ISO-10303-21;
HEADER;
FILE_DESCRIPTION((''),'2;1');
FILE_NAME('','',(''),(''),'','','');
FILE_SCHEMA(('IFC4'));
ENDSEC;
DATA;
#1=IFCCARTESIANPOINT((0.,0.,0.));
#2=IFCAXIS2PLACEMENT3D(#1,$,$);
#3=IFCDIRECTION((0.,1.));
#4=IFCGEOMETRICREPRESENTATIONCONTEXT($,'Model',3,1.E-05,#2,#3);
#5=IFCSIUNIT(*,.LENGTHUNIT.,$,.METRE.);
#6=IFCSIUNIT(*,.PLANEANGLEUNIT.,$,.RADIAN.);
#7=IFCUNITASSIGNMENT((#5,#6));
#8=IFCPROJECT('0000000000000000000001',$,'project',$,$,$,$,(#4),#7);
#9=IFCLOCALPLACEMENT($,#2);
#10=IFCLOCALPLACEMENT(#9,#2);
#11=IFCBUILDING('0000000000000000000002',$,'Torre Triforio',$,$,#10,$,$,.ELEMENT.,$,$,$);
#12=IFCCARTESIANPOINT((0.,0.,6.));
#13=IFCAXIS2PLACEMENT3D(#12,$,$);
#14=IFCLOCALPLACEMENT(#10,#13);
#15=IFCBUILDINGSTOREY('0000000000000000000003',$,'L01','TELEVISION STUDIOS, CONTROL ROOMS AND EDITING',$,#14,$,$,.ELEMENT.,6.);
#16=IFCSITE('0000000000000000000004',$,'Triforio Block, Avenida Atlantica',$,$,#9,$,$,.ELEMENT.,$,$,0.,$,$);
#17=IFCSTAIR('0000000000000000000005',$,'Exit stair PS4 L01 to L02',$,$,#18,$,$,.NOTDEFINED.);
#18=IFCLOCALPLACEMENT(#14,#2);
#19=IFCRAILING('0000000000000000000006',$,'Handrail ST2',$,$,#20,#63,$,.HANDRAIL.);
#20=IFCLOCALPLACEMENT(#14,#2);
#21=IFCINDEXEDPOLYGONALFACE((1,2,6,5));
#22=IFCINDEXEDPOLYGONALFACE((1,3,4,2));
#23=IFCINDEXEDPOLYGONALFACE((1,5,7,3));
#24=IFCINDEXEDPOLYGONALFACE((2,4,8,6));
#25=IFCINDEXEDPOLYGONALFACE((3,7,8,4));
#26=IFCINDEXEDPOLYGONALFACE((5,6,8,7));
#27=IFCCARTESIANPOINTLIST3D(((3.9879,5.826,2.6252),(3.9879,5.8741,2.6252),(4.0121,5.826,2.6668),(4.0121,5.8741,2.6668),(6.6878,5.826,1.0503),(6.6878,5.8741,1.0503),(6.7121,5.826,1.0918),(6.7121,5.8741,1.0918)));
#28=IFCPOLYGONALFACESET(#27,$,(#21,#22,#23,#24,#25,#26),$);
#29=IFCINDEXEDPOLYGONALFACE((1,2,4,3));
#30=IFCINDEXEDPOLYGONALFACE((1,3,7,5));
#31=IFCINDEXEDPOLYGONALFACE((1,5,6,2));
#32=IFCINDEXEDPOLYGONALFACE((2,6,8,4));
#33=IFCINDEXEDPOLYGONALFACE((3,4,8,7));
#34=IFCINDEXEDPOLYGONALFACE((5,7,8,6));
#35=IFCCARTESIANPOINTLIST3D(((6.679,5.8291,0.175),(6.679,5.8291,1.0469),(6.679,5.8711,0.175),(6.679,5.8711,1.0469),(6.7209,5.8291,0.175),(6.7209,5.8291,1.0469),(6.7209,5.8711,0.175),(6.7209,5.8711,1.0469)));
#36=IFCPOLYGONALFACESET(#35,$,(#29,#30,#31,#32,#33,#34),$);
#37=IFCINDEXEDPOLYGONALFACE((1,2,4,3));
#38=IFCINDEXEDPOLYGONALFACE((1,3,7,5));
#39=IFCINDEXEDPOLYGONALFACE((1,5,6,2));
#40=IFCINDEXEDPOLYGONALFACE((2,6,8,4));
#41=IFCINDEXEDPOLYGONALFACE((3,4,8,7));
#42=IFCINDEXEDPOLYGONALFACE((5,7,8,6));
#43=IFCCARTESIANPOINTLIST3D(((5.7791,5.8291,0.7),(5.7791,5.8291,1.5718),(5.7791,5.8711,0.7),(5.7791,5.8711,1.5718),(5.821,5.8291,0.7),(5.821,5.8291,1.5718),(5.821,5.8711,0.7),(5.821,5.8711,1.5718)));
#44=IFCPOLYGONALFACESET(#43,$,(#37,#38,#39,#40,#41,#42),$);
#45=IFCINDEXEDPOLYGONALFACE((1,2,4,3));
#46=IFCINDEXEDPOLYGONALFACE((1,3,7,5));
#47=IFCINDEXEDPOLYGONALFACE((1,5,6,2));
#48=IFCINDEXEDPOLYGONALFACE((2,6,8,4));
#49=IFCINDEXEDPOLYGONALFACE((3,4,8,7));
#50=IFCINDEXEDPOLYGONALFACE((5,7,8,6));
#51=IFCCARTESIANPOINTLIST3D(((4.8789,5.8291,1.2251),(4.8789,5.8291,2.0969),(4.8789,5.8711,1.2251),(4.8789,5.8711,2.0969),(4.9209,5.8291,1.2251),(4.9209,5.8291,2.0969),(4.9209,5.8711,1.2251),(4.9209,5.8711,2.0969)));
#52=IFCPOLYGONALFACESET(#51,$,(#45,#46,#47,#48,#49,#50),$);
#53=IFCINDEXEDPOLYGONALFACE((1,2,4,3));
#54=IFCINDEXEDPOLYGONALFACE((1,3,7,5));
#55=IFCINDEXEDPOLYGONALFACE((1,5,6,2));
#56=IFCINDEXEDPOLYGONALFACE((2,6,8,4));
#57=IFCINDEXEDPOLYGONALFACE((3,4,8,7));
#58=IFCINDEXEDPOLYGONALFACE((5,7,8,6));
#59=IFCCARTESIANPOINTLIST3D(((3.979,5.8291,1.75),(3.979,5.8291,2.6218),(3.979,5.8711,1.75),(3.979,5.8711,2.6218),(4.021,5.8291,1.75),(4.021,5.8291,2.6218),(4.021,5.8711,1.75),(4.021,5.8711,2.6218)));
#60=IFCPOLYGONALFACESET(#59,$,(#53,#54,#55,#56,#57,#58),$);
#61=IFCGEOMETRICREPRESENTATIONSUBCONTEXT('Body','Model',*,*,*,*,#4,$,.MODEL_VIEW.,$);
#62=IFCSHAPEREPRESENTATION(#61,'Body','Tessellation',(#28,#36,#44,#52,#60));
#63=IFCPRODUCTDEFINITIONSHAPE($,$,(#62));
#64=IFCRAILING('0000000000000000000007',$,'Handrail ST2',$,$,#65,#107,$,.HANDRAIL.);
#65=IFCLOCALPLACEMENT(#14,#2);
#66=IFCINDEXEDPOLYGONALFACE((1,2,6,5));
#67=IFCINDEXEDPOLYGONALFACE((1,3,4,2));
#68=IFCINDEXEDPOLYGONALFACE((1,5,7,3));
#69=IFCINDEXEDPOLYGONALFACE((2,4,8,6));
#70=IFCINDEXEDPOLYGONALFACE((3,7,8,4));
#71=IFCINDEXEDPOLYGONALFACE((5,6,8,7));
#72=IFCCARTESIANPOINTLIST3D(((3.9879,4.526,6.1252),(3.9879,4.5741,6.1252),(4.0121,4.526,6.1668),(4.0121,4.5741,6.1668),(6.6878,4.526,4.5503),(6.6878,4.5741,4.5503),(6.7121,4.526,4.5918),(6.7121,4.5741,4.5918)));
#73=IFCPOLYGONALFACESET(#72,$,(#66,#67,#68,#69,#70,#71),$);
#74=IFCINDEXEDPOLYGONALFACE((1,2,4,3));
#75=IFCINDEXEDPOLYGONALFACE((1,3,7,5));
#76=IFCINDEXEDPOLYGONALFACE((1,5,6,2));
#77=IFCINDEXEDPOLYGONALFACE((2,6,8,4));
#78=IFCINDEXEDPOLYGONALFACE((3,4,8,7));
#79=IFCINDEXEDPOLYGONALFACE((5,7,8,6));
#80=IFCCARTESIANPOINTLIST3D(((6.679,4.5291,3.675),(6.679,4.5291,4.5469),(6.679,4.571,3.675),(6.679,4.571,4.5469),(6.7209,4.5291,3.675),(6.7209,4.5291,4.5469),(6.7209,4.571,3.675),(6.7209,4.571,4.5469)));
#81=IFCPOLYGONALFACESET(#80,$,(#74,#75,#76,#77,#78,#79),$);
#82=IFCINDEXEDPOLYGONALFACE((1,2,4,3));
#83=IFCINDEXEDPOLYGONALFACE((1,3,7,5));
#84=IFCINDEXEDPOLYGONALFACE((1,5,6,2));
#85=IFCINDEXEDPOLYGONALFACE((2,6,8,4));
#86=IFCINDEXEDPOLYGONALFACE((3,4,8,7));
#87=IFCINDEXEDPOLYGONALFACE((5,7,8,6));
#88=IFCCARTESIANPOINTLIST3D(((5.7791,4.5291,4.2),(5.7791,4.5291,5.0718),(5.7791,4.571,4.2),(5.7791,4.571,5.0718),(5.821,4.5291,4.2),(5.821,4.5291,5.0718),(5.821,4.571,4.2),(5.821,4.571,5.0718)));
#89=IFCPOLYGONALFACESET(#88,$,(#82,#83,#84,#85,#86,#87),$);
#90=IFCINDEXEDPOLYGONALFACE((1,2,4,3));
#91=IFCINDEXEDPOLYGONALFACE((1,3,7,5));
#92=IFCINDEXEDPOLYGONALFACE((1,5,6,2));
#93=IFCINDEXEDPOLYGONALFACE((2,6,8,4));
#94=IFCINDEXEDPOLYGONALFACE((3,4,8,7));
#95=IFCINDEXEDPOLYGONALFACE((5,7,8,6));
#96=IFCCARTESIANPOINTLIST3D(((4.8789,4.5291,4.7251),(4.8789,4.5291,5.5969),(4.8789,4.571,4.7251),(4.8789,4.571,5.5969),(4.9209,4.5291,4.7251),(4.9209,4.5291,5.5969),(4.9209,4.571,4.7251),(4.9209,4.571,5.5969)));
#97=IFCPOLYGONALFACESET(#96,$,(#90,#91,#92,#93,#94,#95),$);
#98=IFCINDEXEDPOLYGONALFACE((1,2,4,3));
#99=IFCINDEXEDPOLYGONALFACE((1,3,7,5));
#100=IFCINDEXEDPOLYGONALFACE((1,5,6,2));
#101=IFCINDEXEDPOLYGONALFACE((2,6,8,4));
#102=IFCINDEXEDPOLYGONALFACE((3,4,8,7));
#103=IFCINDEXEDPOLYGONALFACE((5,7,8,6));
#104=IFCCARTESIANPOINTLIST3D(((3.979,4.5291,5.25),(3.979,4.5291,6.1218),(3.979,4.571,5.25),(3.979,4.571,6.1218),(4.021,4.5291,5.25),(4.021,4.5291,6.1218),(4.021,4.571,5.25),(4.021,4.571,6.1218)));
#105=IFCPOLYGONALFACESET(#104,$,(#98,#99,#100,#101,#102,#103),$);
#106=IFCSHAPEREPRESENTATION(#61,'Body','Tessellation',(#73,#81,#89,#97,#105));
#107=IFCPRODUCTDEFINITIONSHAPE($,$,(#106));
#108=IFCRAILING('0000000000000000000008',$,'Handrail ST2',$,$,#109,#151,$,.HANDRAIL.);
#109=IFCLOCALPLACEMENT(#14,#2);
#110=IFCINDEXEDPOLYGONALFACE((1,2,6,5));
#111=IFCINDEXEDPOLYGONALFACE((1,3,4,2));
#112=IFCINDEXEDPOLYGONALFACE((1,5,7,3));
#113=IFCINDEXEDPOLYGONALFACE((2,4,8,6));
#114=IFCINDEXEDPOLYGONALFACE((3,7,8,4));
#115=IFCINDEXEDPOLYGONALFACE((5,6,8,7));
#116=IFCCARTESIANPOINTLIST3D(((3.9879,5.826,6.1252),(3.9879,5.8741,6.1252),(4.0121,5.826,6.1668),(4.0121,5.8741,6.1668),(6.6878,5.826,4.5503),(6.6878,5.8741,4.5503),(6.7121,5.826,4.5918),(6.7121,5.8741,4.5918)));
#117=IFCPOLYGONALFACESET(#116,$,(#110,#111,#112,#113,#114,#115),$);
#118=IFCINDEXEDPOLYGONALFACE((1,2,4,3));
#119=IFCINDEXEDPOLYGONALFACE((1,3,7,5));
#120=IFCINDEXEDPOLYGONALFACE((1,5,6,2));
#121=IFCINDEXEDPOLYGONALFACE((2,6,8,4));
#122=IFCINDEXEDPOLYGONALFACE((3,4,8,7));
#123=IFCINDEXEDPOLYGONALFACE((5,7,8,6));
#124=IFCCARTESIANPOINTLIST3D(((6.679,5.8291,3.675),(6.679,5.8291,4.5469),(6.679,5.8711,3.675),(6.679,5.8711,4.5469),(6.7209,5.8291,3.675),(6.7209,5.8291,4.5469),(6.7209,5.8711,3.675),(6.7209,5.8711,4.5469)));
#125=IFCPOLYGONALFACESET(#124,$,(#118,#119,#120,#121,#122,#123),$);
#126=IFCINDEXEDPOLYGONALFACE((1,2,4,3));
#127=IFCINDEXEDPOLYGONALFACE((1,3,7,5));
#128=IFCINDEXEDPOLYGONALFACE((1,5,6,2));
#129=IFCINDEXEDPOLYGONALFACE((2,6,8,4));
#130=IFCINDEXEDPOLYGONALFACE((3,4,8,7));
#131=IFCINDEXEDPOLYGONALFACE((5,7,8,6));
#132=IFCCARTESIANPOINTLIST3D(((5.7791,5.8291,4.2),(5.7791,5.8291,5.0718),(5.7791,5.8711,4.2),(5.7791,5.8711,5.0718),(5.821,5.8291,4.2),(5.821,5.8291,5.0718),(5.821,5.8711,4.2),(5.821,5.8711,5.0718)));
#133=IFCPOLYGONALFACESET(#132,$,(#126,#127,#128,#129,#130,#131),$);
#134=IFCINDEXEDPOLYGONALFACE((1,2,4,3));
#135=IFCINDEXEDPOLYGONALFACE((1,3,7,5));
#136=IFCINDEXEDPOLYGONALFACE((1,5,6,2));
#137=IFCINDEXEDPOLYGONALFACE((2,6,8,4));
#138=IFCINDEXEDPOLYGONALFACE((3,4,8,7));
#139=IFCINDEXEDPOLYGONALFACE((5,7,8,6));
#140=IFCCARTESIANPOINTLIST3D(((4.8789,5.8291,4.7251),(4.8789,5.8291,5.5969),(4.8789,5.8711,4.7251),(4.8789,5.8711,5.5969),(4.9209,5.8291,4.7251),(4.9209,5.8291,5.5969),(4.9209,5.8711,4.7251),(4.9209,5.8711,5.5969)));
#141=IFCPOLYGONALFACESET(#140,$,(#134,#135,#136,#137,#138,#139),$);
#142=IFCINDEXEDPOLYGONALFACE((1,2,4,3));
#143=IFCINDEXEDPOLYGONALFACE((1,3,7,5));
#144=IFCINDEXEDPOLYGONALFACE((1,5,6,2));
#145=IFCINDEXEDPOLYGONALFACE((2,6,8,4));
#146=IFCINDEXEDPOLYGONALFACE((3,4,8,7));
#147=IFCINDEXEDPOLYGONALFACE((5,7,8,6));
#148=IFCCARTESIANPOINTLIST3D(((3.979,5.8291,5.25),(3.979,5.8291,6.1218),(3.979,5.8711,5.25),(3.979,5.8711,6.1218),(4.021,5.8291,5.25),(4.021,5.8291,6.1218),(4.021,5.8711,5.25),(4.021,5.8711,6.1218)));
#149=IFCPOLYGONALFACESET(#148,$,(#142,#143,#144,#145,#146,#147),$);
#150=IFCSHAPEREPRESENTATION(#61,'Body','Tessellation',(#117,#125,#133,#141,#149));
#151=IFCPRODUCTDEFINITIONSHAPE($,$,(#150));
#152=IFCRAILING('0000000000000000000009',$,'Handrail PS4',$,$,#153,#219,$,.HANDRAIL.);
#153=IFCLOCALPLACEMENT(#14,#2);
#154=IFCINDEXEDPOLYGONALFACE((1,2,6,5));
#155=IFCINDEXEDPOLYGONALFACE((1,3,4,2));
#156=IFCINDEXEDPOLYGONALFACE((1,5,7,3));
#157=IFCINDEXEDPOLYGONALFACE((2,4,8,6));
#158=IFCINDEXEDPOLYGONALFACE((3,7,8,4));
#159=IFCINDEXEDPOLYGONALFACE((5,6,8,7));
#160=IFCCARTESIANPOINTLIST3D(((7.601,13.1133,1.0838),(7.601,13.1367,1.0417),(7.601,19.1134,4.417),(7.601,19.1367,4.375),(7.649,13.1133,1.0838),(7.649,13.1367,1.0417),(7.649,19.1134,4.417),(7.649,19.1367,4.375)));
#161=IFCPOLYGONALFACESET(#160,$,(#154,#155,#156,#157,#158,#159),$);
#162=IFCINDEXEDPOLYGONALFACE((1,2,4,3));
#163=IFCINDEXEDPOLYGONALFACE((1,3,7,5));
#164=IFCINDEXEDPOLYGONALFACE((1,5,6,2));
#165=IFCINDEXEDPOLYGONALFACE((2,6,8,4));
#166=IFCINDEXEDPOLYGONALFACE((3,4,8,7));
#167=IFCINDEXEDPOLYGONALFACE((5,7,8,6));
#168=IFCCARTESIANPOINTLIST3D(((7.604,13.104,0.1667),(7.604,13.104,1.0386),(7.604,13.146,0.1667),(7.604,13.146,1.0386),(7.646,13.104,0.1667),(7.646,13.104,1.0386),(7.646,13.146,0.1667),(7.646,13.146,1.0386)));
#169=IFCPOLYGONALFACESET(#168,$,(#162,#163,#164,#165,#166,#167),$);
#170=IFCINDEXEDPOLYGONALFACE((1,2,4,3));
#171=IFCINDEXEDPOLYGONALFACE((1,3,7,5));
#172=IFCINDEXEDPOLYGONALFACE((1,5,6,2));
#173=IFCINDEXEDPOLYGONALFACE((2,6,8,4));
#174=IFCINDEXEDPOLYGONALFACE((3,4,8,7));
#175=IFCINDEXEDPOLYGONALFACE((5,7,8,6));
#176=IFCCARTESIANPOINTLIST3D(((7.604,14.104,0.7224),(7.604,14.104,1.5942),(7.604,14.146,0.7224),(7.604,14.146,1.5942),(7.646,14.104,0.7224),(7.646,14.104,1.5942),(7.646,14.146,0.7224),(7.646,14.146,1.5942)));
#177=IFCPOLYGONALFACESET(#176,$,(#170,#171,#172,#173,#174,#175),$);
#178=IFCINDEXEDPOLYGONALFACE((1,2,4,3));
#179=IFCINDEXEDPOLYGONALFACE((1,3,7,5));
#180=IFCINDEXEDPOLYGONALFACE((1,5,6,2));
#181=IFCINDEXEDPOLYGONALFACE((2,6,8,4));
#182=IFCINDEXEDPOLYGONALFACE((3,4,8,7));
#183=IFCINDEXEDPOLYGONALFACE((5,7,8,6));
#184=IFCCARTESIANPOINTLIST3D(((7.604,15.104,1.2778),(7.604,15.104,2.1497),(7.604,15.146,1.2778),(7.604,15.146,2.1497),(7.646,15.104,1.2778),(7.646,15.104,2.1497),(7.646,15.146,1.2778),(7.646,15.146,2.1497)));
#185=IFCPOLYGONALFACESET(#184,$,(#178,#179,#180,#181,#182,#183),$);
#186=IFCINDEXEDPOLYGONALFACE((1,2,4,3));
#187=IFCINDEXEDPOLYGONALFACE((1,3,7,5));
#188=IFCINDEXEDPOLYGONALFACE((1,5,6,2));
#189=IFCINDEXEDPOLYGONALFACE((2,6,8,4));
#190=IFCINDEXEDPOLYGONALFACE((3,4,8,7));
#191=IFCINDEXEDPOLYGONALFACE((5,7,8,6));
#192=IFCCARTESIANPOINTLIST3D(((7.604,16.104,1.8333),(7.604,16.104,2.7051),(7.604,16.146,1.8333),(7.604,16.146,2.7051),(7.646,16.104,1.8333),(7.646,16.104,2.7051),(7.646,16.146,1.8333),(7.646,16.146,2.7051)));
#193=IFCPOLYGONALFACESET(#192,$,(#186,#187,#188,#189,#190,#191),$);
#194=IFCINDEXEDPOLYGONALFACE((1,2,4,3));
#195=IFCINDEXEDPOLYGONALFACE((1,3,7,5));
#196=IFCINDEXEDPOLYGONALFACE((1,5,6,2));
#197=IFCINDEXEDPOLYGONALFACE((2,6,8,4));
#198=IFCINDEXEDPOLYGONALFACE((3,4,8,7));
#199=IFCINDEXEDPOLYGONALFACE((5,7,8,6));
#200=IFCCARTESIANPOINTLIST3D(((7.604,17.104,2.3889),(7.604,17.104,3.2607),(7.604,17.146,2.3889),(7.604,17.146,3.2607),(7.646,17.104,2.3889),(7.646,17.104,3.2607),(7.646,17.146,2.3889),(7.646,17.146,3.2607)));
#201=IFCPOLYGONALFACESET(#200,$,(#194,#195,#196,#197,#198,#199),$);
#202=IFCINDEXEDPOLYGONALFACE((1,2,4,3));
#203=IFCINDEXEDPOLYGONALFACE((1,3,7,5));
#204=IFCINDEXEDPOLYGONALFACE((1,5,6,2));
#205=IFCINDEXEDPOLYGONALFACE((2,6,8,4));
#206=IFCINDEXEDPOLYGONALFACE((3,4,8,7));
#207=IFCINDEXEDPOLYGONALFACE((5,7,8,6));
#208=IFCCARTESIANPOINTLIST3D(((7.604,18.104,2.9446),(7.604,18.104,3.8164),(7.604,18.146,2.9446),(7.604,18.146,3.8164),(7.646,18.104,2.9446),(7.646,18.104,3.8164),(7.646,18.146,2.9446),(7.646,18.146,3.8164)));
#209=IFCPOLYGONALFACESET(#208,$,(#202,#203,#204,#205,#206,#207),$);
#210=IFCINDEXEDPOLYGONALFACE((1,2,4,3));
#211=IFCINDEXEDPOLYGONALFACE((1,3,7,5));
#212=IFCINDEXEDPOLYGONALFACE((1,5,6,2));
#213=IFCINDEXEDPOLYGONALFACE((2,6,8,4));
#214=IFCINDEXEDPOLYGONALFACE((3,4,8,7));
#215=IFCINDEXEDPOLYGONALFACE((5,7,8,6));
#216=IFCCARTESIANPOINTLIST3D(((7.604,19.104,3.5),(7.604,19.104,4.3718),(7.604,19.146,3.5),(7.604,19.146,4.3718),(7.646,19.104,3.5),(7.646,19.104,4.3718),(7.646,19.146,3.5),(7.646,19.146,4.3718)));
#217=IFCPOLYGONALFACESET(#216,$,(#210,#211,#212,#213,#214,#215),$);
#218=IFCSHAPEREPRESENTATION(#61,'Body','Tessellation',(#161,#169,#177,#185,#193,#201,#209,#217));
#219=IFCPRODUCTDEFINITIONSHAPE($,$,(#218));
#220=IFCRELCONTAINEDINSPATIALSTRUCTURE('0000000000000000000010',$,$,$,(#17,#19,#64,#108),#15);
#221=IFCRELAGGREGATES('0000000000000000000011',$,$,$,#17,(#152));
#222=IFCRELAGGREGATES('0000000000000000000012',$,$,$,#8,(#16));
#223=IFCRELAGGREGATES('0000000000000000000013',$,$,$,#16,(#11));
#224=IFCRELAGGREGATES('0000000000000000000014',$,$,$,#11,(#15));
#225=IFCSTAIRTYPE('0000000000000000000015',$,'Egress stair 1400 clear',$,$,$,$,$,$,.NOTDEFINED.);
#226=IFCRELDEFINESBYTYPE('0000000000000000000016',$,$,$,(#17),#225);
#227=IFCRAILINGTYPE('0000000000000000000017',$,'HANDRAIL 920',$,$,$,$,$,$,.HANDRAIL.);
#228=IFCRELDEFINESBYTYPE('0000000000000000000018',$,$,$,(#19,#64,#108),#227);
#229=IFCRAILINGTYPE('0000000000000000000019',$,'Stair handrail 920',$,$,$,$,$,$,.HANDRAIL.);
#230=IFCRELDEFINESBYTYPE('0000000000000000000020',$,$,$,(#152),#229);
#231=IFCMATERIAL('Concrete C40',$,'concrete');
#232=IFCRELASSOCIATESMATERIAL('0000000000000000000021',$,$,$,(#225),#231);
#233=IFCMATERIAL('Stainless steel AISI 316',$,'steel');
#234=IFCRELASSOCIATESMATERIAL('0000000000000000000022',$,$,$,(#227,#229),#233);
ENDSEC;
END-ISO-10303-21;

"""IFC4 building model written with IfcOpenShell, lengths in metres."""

from ifc_helpers import new_model, si_unit, direction, frame, origin, origin_2d, place, context, subcontext, project, spatial, rectangle, extrude, material, type_object, element, aggregate, save


model = new_model("IFC4")

# Units and contexts
model_context = context("Model", 3, precision=1e-05, world=origin(), true_north=direction((0.0, 1.0)))
body_context = subcontext(model_context, "Body", "Model", "MODEL_VIEW")
ifc_project = project(units=[si_unit("LENGTHUNIT", "METRE"), si_unit("PLANEANGLEUNIT", "RADIAN")], contexts=[model_context])

# Site, building, storey
site_placement = place(None, origin())
site = spatial("IfcSite", under=ifc_project, at=site_placement, Name="Triforio Block, Avenida Atlantica", CompositionType="ELEMENT", RefElevation=0.0)
building_placement = place(site_placement, origin())
building = spatial("IfcBuilding", under=site, at=building_placement, Name="Torre Triforio", CompositionType="ELEMENT")
storey_placement = place(building_placement, frame((0.0, 0.0, 6.0)))
storey = spatial("IfcBuildingStorey", under=building, at=storey_placement, Name="L01", Description="TELEVISION STUDIOS, CONTROL ROOMS AND EDITING", CompositionType="ELEMENT", Elevation=6.0)

# Shared definitions
ifc_material_1 = material(Name="Concrete C40", Category="concrete")

# Stair
stair_type_1 = type_object("IfcStairType", Name="Egress stair 1400 clear", PredefinedType="NOTDEFINED", material=ifc_material_1)
stair_1_placement = place(storey_placement, origin())
stair_1 = element("IfcStair", 1, at=stair_1_placement, inside=storey, type_object=stair_type_1, Name="Exit stair PS4 L01 to L02", PredefinedType="NOTDEFINED")

# Railings
ifc_material_2 = material(Name="Stainless steel AISI 316", Category="steel")
railing_type_1 = type_object("IfcRailingType", Name="HANDRAIL 920", PredefinedType="HANDRAIL", material=ifc_material_2)
for number, where, name in (
    (2, (6.7, 5.8501, 0.175), "Handrail ST2"),
    (3, (6.7, 4.55, 3.675), "Handrail ST2"),
    (4, (6.7, 5.8501, 3.675), "Handrail ST2"),
):
    element("IfcRailing", number, at=place(storey_placement, frame(where)), inside=storey, type_object=railing_type_1, Name=name, PredefinedType="HANDRAIL", context=body_context, shape_type="SweptSolid", body=[
        extrude(rectangle(XDim=0.0481, YDim=0.0481, at=origin_2d()), frame((0.0, 0.0, 0.896), z_axis=(-0.863782, 0.0, 0.503866), x_axis=(0.0, -1.0, 0.0)), (0.0, 0.0, 1.0), 3.1257),
        extrude(rectangle(XDim=0.042, YDim=0.042, at=origin_2d()), origin(), (0.0, 0.0, 1.0), 0.8718),
        extrude(rectangle(XDim=0.042, YDim=0.042, at=origin_2d()), frame((-0.8999, 0.0, 0.5249)), (0.0, 0.0, 1.0), 0.8718),
        extrude(rectangle(XDim=0.042, YDim=0.042, at=origin_2d()), frame((-1.8, 0.0, 1.05)), (0.0, 0.0, 1.0), 0.8718),
        extrude(rectangle(XDim=0.042, YDim=0.042, at=origin_2d()), frame((-2.7, 0.0, 1.575)), (0.0, 0.0, 1.0), 0.8718),
    ])

# Railing
railing_type_2 = type_object("IfcRailingType", Name="Stair handrail 920", PredefinedType="HANDRAIL", material=ifc_material_2)
railing_1_placement = place(storey_placement, frame((7.625, 13.125, 0.1667)))
railing_1 = element("IfcRailing", 5, at=railing_1_placement, type_object=railing_type_2, Name="Handrail PS4", PredefinedType="HANDRAIL", context=body_context, shape_type="SweptSolid", body=[
    extrude(rectangle(XDim=0.0481, YDim=0.0481, at=origin_2d()), frame((0.0, 0.0, 0.896), z_axis=(0.0, 0.874162, 0.485634), x_axis=(-1.0, 0.0, 0.0)), (0.0, 0.0, 1.0), 6.8638),
    extrude(rectangle(XDim=0.042, YDim=0.042, at=origin_2d()), origin(), (0.0, 0.0, 1.0), 0.8718),
    extrude(rectangle(XDim=0.042, YDim=0.042, at=origin_2d()), frame((0.0, 1.0, 0.5557)), (0.0, 0.0, 1.0), 0.8718),
    extrude(rectangle(XDim=0.042, YDim=0.042, at=origin_2d()), frame((0.0, 2.0, 1.1111)), (0.0, 0.0, 1.0), 0.8718),
    extrude(rectangle(XDim=0.042, YDim=0.042, at=origin_2d()), frame((0.0, 3.0, 1.6665)), (0.0, 0.0, 1.0), 0.8718),
    extrude(rectangle(XDim=0.042, YDim=0.042, at=origin_2d()), frame((0.0, 4.0, 2.2222)), (0.0, 0.0, 1.0), 0.8718),
    extrude(rectangle(XDim=0.042, YDim=0.042, at=origin_2d()), frame((0.0, 5.0, 2.7778)), (0.0, 0.0, 1.0), 0.8718),
    extrude(rectangle(XDim=0.042, YDim=0.042, at=origin_2d()), frame((0.0, 6.0, 3.3333)), (0.0, 0.0, 1.0), 0.8718),
])
aggregate(stair_1, [railing_1])

save(model, "model.ifc")
